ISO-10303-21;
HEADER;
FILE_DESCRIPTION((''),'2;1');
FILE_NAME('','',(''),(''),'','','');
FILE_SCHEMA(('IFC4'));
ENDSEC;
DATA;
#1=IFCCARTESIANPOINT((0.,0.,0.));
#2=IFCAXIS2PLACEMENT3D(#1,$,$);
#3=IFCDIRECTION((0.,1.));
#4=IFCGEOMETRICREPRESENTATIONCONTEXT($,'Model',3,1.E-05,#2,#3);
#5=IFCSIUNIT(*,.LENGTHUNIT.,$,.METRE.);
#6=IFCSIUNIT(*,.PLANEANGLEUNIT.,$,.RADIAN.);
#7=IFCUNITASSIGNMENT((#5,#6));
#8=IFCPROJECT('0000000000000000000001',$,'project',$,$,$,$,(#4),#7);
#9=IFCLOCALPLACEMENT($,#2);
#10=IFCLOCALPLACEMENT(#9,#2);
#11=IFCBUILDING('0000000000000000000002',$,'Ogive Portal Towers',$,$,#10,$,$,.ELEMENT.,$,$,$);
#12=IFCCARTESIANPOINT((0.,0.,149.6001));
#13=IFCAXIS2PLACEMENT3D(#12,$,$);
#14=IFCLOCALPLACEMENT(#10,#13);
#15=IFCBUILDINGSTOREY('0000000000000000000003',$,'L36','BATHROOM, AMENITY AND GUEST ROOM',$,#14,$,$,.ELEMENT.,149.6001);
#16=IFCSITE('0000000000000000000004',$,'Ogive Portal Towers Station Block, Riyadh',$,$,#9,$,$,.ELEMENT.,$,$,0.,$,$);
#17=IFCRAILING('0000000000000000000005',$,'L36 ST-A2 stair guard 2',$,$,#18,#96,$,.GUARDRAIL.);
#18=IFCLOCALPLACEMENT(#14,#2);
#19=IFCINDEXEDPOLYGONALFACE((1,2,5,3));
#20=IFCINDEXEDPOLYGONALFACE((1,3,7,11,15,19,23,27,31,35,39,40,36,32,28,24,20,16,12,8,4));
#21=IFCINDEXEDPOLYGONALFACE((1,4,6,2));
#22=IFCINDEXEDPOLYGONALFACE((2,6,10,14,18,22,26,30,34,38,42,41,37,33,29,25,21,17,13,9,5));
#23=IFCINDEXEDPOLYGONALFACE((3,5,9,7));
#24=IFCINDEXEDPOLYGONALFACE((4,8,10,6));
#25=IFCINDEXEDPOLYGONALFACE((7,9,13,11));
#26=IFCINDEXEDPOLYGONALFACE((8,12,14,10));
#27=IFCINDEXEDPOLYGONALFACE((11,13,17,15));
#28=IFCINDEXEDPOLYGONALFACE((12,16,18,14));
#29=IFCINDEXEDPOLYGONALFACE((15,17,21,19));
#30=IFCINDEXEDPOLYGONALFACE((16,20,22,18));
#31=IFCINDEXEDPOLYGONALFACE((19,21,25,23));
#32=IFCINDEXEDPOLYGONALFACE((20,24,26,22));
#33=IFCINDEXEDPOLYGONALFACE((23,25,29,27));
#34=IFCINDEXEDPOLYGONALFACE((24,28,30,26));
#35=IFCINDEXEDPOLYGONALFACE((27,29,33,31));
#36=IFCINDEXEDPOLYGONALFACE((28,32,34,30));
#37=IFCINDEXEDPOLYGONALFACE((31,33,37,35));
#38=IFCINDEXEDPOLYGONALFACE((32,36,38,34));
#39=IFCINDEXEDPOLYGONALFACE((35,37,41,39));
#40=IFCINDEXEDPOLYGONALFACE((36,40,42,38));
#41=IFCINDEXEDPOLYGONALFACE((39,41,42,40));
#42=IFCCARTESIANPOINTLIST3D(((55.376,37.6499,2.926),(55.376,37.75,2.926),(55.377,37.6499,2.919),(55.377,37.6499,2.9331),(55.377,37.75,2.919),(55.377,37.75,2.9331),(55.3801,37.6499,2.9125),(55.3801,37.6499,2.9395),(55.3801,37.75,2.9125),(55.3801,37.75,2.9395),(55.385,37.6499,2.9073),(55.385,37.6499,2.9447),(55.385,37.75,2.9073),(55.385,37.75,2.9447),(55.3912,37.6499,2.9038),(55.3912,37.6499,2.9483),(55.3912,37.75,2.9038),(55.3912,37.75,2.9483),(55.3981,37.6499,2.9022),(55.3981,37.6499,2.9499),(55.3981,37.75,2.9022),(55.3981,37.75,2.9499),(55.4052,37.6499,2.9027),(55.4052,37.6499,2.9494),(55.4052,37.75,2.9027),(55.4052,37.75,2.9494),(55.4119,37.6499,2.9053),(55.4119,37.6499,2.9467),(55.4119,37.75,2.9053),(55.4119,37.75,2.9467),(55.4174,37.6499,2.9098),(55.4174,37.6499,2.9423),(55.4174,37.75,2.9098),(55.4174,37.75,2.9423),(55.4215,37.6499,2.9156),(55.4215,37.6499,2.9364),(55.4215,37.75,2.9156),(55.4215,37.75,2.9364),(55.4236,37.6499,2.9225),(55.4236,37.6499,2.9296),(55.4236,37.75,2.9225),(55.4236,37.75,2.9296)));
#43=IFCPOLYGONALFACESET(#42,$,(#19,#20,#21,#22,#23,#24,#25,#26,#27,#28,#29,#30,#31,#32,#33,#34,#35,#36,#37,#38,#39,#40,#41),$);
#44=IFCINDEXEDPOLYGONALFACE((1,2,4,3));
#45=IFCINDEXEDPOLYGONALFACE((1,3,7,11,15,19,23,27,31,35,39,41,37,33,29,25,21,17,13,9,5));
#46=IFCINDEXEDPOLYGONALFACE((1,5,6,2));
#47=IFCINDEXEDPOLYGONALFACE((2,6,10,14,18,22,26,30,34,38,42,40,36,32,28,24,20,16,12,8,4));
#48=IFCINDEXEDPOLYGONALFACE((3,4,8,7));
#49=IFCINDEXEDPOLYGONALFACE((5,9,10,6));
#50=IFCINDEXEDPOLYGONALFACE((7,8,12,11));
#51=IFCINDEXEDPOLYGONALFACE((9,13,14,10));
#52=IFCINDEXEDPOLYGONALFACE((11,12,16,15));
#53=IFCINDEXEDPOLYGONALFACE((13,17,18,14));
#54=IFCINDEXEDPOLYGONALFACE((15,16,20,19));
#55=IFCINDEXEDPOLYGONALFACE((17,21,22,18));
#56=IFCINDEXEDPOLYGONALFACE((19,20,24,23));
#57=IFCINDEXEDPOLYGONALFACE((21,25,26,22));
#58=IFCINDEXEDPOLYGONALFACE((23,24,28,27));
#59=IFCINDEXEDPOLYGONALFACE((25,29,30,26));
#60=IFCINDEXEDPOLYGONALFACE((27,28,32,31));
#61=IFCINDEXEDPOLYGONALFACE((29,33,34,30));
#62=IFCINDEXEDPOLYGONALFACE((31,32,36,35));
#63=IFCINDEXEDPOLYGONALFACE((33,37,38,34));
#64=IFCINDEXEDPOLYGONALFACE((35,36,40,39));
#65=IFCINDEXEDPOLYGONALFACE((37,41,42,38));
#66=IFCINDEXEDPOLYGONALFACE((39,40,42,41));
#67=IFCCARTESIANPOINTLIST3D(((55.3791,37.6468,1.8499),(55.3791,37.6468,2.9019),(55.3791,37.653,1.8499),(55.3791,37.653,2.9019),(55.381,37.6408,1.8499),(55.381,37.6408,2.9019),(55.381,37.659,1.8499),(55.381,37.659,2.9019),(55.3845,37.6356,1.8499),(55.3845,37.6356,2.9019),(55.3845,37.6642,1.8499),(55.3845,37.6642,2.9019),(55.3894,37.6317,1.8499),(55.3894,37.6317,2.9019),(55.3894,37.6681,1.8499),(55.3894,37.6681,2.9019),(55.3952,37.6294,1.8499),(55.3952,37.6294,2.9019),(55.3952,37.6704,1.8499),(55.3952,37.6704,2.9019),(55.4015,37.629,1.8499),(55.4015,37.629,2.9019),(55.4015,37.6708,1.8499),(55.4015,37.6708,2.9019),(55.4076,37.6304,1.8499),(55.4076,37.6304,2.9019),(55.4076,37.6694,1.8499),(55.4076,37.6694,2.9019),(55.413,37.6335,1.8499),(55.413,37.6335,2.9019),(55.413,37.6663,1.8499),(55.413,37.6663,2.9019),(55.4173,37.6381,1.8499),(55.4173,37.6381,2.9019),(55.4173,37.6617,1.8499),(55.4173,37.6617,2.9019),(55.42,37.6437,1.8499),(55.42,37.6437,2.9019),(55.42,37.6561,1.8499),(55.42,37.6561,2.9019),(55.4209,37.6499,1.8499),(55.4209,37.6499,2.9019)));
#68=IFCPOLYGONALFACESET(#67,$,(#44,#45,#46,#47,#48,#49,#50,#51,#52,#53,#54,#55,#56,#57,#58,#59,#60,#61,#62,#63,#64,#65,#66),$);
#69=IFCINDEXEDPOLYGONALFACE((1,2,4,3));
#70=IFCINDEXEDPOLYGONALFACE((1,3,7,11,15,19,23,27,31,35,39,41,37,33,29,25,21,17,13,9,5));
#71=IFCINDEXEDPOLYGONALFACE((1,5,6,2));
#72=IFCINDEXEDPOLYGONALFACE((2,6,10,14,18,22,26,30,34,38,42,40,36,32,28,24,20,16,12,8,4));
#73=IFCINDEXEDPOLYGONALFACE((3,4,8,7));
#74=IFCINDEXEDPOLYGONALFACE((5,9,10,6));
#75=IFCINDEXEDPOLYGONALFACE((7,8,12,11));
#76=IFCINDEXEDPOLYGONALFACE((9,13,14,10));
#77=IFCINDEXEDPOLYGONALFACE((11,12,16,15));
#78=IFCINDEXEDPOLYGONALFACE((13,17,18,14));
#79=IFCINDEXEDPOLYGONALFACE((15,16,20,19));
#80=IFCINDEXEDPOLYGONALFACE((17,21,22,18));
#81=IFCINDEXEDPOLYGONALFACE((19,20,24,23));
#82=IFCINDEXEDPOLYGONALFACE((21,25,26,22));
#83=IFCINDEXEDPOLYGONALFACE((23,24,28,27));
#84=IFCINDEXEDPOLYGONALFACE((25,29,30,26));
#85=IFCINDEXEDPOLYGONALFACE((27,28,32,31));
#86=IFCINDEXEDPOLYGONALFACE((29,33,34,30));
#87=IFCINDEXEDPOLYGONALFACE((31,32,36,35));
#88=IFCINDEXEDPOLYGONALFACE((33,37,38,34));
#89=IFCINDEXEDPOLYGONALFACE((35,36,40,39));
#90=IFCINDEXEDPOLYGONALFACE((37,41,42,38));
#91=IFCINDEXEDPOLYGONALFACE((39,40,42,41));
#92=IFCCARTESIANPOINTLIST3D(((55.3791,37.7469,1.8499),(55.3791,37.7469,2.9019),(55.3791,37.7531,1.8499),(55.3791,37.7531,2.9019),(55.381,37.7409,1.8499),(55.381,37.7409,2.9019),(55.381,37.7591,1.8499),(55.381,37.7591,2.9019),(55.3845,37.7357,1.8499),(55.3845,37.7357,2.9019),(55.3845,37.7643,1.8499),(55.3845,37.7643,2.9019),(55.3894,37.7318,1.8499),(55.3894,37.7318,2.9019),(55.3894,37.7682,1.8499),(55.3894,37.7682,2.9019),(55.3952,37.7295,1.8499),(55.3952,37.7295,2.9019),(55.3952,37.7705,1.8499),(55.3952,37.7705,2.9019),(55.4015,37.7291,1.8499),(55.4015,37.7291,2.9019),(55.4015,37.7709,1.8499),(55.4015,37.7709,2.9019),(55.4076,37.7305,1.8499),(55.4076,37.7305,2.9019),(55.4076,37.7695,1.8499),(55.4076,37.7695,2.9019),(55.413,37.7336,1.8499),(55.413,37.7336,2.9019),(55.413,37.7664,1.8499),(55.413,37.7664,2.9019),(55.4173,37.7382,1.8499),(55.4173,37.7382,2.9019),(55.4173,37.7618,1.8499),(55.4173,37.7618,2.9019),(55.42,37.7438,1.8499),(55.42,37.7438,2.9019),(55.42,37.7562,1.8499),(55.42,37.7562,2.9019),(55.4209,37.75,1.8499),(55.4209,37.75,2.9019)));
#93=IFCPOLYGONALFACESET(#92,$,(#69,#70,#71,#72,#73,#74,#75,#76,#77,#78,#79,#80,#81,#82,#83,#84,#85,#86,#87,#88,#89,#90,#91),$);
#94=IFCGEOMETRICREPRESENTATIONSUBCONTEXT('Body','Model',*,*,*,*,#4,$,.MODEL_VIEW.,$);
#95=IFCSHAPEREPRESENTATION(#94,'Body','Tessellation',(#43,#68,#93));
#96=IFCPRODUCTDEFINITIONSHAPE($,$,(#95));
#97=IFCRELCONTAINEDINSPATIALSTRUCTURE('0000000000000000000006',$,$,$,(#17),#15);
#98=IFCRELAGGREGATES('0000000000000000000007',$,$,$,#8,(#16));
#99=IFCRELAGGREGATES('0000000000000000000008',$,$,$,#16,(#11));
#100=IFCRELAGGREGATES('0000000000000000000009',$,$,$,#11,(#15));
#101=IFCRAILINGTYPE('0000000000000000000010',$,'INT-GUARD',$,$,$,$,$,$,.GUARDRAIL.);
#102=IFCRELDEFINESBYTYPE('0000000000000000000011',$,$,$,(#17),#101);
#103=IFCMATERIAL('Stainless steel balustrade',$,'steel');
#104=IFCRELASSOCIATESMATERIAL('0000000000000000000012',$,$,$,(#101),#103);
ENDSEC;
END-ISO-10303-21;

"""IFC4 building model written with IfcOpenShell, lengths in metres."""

from ifc_helpers import new_model, si_unit, direction, frame, origin, origin_2d, place, context, subcontext, project, spatial, circle, extrude, material, type_object, element, save


model = new_model("IFC4")

# Units and contexts
model_context = context("Model", 3, precision=1e-05, world=origin(), true_north=direction((0.0, 1.0)))
body_context = subcontext(model_context, "Body", "Model", "MODEL_VIEW")
ifc_project = project(units=[si_unit("LENGTHUNIT", "METRE"), si_unit("PLANEANGLEUNIT", "RADIAN")], contexts=[model_context])

# Site, building, storey
site_placement = place(None, origin())
site = spatial("IfcSite", under=ifc_project, at=site_placement, Name="Ogive Portal Towers Station Block, Riyadh", CompositionType="ELEMENT", RefElevation=0.0)
building_placement = place(site_placement, origin())
building = spatial("IfcBuilding", under=site, at=building_placement, Name="Ogive Portal Towers", CompositionType="ELEMENT")
storey_placement = place(building_placement, frame((0.0, 0.0, 149.6001)))
storey = spatial("IfcBuildingStorey", under=building, at=storey_placement, Name="L36", Description="BATHROOM, AMENITY AND GUEST ROOM", CompositionType="ELEMENT", Elevation=149.6001)

# Railing
ifc_material_1 = material(Name="Stainless steel balustrade", Category="steel")
railing_type_1 = type_object("IfcRailingType", Name="INT-GUARD", PredefinedType="GUARDRAIL", material=ifc_material_1)
railing_1_placement = place(storey_placement, frame((55.3999, 37.6499, 1.8499)))
element("IfcRailing", 1, at=railing_1_placement, inside=storey, type_object=railing_type_1, Name="L36 ST-A2 stair guard 2", PredefinedType="GUARDRAIL", context=body_context, shape_type="SweptSolid", body=[
    extrude(circle(Radius=0.0239, at=origin_2d()), frame((0.0, 0.0, 1.0762), z_axis=(0.0, 1.0, 0.0), x_axis=(-1.0, 0.0, 0.0)), (0.0, 0.0, 1.0), 0.1001),
    extrude(circle(Radius=0.021, at=origin_2d()), origin(), (0.0, 0.0, 1.0), 1.052),
    extrude(circle(Radius=0.021, at=origin_2d()), frame((0.0, 0.1001, 0.0)), (0.0, 0.0, 1.0), 1.052),
])

save(model, "model.ifc")
